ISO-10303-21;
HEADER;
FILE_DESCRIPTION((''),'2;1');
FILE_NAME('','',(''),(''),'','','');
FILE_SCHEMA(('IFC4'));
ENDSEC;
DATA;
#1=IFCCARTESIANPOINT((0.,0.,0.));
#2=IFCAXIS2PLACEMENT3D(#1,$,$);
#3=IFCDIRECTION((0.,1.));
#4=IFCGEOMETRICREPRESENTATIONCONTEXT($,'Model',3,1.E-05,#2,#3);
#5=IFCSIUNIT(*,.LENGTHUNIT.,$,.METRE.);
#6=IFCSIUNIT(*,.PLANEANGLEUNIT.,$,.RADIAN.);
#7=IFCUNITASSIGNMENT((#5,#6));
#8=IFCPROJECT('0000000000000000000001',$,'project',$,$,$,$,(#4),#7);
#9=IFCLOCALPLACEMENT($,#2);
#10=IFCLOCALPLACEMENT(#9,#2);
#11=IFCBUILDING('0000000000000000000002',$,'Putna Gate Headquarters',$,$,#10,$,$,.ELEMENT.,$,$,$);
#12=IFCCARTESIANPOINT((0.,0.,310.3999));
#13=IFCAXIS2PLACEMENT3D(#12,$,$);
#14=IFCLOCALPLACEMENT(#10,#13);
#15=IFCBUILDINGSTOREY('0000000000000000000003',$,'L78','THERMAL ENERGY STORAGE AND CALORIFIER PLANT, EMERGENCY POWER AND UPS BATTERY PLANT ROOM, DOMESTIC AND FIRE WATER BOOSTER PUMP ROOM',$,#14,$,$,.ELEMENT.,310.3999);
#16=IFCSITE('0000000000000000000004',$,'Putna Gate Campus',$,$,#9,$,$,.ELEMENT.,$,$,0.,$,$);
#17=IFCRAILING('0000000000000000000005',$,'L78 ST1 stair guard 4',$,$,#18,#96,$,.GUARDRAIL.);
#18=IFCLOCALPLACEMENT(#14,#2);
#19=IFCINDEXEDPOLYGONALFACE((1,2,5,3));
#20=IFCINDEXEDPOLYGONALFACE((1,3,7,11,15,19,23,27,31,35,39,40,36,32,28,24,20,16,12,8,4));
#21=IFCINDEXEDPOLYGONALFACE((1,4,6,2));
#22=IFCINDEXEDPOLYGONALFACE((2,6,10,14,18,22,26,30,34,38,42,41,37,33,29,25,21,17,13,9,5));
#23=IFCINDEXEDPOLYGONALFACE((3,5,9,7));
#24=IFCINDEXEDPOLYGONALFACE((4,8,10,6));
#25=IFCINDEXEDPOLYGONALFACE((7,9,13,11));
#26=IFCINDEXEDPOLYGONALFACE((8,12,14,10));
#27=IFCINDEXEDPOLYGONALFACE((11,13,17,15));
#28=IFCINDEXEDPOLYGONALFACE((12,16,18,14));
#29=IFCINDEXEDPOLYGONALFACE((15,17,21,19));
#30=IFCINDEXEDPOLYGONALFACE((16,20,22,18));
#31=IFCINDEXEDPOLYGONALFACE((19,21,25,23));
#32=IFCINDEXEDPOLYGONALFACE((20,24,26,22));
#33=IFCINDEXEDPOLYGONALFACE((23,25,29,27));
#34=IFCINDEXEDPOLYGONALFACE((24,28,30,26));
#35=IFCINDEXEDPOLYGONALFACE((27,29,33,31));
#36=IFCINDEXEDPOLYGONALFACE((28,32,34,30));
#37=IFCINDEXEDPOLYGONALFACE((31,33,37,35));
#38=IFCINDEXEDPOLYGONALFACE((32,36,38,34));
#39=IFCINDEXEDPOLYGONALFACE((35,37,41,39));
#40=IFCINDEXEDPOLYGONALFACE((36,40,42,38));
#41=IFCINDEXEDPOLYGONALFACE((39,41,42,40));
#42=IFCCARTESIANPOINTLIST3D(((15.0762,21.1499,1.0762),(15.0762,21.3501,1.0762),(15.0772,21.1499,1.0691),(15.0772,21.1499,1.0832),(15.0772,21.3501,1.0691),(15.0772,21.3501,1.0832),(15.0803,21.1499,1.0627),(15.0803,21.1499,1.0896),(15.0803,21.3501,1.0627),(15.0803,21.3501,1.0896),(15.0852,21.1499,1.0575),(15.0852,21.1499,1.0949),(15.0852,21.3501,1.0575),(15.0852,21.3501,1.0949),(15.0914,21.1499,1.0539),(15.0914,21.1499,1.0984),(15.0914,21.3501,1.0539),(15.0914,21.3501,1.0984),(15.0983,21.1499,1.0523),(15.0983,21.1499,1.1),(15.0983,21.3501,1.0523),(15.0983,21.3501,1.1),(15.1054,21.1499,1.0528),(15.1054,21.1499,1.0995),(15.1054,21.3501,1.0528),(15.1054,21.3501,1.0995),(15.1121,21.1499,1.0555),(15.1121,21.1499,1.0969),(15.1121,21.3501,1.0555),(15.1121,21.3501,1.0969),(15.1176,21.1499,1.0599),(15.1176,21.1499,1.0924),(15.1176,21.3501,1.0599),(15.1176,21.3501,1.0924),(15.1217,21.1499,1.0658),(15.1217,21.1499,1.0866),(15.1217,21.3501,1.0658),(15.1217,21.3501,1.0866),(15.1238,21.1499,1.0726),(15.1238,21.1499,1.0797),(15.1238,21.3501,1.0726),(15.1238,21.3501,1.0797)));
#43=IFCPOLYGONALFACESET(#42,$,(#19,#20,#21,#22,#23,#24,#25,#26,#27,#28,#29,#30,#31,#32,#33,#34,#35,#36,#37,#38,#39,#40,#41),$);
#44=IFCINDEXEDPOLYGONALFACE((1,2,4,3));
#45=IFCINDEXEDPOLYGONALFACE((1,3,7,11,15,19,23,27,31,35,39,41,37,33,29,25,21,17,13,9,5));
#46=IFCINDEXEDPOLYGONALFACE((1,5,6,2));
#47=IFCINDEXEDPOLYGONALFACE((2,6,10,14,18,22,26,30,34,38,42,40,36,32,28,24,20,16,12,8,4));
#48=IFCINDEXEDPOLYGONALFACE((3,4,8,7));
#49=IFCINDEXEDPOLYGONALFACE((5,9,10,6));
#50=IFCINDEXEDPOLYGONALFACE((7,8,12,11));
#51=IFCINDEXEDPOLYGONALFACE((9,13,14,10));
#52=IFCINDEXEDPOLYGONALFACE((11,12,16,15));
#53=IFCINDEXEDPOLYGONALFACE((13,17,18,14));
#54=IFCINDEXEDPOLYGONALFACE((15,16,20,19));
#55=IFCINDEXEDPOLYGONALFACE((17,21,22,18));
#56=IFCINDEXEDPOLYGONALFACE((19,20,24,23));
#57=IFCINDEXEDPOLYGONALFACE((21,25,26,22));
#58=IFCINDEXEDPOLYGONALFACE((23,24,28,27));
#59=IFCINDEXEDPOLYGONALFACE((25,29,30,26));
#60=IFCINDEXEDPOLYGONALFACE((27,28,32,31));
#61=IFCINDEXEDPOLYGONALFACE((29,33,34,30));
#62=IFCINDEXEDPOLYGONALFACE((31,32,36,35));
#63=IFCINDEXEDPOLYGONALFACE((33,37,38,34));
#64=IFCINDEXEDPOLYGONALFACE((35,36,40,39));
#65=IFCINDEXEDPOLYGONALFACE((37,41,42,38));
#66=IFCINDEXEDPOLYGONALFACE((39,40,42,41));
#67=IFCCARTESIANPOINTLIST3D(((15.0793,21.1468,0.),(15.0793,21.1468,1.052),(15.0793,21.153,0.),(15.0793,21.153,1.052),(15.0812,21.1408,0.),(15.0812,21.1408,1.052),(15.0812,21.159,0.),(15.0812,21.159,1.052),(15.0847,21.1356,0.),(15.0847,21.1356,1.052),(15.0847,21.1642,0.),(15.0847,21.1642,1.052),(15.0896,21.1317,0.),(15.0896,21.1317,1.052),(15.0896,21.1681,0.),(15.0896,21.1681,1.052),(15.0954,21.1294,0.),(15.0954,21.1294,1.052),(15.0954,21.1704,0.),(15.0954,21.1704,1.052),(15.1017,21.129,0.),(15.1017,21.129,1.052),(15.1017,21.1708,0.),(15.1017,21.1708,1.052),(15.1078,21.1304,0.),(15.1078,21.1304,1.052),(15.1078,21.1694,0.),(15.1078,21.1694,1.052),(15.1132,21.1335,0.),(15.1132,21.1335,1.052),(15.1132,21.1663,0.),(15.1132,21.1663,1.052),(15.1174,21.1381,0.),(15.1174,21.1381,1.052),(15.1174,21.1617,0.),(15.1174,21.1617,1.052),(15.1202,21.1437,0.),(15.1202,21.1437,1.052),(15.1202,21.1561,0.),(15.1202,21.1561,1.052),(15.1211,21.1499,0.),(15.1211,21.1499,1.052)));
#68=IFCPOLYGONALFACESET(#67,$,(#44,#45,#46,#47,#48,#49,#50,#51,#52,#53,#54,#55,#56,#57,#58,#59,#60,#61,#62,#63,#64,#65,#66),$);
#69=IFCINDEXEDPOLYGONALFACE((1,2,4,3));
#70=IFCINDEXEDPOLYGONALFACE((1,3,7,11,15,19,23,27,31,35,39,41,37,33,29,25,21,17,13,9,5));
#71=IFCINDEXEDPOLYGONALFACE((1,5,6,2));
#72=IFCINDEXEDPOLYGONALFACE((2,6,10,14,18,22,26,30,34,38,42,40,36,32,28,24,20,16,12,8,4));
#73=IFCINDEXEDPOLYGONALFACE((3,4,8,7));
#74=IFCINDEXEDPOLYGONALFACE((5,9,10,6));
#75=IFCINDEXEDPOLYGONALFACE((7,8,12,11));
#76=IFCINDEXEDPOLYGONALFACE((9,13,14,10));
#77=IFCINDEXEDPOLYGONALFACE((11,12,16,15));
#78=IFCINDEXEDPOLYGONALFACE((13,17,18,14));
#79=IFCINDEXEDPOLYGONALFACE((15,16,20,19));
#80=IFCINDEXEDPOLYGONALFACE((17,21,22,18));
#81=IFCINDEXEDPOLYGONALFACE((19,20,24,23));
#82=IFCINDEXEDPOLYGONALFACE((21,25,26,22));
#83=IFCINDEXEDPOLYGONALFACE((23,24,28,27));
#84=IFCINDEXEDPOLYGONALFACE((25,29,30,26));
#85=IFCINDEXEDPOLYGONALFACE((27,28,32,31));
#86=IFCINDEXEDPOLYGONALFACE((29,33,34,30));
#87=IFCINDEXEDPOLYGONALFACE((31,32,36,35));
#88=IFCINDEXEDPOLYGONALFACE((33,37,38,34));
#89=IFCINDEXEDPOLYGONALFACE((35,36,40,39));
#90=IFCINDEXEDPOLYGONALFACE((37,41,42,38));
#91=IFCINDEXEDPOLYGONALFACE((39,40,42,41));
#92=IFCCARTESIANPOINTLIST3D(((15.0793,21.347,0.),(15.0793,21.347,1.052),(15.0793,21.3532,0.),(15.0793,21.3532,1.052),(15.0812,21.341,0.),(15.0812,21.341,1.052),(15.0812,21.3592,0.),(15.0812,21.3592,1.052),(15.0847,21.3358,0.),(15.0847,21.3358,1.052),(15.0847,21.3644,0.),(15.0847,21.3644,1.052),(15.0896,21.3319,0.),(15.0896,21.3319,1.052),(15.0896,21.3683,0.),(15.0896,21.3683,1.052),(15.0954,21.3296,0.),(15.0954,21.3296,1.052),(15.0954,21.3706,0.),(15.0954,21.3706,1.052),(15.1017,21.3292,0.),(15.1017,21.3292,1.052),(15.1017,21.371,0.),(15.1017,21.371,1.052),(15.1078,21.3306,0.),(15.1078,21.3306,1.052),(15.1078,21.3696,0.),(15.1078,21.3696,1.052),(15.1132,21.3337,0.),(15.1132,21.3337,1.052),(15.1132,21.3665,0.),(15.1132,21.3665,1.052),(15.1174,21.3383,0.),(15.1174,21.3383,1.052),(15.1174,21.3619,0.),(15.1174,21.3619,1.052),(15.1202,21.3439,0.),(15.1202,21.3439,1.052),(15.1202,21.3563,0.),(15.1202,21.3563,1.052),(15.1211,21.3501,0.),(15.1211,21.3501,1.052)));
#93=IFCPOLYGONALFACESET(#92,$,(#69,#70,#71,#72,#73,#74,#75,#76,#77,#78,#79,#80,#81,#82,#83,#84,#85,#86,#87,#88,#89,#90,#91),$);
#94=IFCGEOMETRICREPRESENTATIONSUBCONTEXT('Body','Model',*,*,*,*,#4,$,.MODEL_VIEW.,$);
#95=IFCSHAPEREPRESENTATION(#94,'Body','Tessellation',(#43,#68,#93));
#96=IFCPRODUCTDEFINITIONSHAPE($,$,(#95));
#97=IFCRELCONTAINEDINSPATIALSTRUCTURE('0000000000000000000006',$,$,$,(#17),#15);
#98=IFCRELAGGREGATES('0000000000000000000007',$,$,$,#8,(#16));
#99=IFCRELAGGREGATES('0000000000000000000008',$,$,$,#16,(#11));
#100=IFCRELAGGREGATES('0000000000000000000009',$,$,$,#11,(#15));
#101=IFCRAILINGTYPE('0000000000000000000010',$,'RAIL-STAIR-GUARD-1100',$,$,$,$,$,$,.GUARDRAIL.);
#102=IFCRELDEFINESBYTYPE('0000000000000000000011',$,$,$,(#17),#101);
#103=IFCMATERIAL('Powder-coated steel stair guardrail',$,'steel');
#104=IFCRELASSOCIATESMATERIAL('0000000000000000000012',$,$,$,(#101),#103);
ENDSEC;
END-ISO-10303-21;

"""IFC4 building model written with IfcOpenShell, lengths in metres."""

from ifc_helpers import new_model, si_unit, direction, frame, origin, origin_2d, place, context, subcontext, project, spatial, circle, extrude, material, type_object, element, save


model = new_model("IFC4")

# Units and contexts
model_context = context("Model", 3, precision=1e-05, world=origin(), true_north=direction((0.0, 1.0)))
body_context = subcontext(model_context, "Body", "Model", "MODEL_VIEW")
ifc_project = project(units=[si_unit("LENGTHUNIT", "METRE"), si_unit("PLANEANGLEUNIT", "RADIAN")], contexts=[model_context])

# Site, building, storey
site_placement = place(None, origin())
site = spatial("IfcSite", under=ifc_project, at=site_placement, Name="Putna Gate Campus", CompositionType="ELEMENT", RefElevation=0.0)
building_placement = place(site_placement, origin())
building = spatial("IfcBuilding", under=site, at=building_placement, Name="Putna Gate Headquarters", CompositionType="ELEMENT")
storey_placement = place(building_placement, frame((0.0, 0.0, 310.3999)))
storey = spatial("IfcBuildingStorey", under=building, at=storey_placement, Name="L78", Description="THERMAL ENERGY STORAGE AND CALORIFIER PLANT, EMERGENCY POWER AND UPS BATTERY PLANT ROOM, DOMESTIC AND FIRE WATER BOOSTER PUMP ROOM", CompositionType="ELEMENT", Elevation=310.3999)

# Railing
ifc_material_1 = material(Name="Powder-coated steel stair guardrail", Category="steel")
railing_type_1 = type_object("IfcRailingType", Name="RAIL-STAIR-GUARD-1100", PredefinedType="GUARDRAIL", material=ifc_material_1)
railing_1_placement = place(storey_placement, frame((15.1001, 21.1499, 0.0)))
element("IfcRailing", 1, at=railing_1_placement, inside=storey, type_object=railing_type_1, Name="L78 ST1 stair guard 4", PredefinedType="GUARDRAIL", context=body_context, shape_type="SweptSolid", body=[
    extrude(circle(Radius=0.0239, at=origin_2d()), frame((0.0, 0.0, 1.0762), z_axis=(0.0, 1.0, 0.0), x_axis=(-1.0, 0.0, 0.0)), (0.0, 0.0, 1.0), 0.2002),
    extrude(circle(Radius=0.021, at=origin_2d()), origin(), (0.0, 0.0, 1.0), 1.052),
    extrude(circle(Radius=0.021, at=origin_2d()), frame((0.0, 0.2002, 0.0)), (0.0, 0.0, 1.0), 1.052),
])

save(model, "model.ifc")
